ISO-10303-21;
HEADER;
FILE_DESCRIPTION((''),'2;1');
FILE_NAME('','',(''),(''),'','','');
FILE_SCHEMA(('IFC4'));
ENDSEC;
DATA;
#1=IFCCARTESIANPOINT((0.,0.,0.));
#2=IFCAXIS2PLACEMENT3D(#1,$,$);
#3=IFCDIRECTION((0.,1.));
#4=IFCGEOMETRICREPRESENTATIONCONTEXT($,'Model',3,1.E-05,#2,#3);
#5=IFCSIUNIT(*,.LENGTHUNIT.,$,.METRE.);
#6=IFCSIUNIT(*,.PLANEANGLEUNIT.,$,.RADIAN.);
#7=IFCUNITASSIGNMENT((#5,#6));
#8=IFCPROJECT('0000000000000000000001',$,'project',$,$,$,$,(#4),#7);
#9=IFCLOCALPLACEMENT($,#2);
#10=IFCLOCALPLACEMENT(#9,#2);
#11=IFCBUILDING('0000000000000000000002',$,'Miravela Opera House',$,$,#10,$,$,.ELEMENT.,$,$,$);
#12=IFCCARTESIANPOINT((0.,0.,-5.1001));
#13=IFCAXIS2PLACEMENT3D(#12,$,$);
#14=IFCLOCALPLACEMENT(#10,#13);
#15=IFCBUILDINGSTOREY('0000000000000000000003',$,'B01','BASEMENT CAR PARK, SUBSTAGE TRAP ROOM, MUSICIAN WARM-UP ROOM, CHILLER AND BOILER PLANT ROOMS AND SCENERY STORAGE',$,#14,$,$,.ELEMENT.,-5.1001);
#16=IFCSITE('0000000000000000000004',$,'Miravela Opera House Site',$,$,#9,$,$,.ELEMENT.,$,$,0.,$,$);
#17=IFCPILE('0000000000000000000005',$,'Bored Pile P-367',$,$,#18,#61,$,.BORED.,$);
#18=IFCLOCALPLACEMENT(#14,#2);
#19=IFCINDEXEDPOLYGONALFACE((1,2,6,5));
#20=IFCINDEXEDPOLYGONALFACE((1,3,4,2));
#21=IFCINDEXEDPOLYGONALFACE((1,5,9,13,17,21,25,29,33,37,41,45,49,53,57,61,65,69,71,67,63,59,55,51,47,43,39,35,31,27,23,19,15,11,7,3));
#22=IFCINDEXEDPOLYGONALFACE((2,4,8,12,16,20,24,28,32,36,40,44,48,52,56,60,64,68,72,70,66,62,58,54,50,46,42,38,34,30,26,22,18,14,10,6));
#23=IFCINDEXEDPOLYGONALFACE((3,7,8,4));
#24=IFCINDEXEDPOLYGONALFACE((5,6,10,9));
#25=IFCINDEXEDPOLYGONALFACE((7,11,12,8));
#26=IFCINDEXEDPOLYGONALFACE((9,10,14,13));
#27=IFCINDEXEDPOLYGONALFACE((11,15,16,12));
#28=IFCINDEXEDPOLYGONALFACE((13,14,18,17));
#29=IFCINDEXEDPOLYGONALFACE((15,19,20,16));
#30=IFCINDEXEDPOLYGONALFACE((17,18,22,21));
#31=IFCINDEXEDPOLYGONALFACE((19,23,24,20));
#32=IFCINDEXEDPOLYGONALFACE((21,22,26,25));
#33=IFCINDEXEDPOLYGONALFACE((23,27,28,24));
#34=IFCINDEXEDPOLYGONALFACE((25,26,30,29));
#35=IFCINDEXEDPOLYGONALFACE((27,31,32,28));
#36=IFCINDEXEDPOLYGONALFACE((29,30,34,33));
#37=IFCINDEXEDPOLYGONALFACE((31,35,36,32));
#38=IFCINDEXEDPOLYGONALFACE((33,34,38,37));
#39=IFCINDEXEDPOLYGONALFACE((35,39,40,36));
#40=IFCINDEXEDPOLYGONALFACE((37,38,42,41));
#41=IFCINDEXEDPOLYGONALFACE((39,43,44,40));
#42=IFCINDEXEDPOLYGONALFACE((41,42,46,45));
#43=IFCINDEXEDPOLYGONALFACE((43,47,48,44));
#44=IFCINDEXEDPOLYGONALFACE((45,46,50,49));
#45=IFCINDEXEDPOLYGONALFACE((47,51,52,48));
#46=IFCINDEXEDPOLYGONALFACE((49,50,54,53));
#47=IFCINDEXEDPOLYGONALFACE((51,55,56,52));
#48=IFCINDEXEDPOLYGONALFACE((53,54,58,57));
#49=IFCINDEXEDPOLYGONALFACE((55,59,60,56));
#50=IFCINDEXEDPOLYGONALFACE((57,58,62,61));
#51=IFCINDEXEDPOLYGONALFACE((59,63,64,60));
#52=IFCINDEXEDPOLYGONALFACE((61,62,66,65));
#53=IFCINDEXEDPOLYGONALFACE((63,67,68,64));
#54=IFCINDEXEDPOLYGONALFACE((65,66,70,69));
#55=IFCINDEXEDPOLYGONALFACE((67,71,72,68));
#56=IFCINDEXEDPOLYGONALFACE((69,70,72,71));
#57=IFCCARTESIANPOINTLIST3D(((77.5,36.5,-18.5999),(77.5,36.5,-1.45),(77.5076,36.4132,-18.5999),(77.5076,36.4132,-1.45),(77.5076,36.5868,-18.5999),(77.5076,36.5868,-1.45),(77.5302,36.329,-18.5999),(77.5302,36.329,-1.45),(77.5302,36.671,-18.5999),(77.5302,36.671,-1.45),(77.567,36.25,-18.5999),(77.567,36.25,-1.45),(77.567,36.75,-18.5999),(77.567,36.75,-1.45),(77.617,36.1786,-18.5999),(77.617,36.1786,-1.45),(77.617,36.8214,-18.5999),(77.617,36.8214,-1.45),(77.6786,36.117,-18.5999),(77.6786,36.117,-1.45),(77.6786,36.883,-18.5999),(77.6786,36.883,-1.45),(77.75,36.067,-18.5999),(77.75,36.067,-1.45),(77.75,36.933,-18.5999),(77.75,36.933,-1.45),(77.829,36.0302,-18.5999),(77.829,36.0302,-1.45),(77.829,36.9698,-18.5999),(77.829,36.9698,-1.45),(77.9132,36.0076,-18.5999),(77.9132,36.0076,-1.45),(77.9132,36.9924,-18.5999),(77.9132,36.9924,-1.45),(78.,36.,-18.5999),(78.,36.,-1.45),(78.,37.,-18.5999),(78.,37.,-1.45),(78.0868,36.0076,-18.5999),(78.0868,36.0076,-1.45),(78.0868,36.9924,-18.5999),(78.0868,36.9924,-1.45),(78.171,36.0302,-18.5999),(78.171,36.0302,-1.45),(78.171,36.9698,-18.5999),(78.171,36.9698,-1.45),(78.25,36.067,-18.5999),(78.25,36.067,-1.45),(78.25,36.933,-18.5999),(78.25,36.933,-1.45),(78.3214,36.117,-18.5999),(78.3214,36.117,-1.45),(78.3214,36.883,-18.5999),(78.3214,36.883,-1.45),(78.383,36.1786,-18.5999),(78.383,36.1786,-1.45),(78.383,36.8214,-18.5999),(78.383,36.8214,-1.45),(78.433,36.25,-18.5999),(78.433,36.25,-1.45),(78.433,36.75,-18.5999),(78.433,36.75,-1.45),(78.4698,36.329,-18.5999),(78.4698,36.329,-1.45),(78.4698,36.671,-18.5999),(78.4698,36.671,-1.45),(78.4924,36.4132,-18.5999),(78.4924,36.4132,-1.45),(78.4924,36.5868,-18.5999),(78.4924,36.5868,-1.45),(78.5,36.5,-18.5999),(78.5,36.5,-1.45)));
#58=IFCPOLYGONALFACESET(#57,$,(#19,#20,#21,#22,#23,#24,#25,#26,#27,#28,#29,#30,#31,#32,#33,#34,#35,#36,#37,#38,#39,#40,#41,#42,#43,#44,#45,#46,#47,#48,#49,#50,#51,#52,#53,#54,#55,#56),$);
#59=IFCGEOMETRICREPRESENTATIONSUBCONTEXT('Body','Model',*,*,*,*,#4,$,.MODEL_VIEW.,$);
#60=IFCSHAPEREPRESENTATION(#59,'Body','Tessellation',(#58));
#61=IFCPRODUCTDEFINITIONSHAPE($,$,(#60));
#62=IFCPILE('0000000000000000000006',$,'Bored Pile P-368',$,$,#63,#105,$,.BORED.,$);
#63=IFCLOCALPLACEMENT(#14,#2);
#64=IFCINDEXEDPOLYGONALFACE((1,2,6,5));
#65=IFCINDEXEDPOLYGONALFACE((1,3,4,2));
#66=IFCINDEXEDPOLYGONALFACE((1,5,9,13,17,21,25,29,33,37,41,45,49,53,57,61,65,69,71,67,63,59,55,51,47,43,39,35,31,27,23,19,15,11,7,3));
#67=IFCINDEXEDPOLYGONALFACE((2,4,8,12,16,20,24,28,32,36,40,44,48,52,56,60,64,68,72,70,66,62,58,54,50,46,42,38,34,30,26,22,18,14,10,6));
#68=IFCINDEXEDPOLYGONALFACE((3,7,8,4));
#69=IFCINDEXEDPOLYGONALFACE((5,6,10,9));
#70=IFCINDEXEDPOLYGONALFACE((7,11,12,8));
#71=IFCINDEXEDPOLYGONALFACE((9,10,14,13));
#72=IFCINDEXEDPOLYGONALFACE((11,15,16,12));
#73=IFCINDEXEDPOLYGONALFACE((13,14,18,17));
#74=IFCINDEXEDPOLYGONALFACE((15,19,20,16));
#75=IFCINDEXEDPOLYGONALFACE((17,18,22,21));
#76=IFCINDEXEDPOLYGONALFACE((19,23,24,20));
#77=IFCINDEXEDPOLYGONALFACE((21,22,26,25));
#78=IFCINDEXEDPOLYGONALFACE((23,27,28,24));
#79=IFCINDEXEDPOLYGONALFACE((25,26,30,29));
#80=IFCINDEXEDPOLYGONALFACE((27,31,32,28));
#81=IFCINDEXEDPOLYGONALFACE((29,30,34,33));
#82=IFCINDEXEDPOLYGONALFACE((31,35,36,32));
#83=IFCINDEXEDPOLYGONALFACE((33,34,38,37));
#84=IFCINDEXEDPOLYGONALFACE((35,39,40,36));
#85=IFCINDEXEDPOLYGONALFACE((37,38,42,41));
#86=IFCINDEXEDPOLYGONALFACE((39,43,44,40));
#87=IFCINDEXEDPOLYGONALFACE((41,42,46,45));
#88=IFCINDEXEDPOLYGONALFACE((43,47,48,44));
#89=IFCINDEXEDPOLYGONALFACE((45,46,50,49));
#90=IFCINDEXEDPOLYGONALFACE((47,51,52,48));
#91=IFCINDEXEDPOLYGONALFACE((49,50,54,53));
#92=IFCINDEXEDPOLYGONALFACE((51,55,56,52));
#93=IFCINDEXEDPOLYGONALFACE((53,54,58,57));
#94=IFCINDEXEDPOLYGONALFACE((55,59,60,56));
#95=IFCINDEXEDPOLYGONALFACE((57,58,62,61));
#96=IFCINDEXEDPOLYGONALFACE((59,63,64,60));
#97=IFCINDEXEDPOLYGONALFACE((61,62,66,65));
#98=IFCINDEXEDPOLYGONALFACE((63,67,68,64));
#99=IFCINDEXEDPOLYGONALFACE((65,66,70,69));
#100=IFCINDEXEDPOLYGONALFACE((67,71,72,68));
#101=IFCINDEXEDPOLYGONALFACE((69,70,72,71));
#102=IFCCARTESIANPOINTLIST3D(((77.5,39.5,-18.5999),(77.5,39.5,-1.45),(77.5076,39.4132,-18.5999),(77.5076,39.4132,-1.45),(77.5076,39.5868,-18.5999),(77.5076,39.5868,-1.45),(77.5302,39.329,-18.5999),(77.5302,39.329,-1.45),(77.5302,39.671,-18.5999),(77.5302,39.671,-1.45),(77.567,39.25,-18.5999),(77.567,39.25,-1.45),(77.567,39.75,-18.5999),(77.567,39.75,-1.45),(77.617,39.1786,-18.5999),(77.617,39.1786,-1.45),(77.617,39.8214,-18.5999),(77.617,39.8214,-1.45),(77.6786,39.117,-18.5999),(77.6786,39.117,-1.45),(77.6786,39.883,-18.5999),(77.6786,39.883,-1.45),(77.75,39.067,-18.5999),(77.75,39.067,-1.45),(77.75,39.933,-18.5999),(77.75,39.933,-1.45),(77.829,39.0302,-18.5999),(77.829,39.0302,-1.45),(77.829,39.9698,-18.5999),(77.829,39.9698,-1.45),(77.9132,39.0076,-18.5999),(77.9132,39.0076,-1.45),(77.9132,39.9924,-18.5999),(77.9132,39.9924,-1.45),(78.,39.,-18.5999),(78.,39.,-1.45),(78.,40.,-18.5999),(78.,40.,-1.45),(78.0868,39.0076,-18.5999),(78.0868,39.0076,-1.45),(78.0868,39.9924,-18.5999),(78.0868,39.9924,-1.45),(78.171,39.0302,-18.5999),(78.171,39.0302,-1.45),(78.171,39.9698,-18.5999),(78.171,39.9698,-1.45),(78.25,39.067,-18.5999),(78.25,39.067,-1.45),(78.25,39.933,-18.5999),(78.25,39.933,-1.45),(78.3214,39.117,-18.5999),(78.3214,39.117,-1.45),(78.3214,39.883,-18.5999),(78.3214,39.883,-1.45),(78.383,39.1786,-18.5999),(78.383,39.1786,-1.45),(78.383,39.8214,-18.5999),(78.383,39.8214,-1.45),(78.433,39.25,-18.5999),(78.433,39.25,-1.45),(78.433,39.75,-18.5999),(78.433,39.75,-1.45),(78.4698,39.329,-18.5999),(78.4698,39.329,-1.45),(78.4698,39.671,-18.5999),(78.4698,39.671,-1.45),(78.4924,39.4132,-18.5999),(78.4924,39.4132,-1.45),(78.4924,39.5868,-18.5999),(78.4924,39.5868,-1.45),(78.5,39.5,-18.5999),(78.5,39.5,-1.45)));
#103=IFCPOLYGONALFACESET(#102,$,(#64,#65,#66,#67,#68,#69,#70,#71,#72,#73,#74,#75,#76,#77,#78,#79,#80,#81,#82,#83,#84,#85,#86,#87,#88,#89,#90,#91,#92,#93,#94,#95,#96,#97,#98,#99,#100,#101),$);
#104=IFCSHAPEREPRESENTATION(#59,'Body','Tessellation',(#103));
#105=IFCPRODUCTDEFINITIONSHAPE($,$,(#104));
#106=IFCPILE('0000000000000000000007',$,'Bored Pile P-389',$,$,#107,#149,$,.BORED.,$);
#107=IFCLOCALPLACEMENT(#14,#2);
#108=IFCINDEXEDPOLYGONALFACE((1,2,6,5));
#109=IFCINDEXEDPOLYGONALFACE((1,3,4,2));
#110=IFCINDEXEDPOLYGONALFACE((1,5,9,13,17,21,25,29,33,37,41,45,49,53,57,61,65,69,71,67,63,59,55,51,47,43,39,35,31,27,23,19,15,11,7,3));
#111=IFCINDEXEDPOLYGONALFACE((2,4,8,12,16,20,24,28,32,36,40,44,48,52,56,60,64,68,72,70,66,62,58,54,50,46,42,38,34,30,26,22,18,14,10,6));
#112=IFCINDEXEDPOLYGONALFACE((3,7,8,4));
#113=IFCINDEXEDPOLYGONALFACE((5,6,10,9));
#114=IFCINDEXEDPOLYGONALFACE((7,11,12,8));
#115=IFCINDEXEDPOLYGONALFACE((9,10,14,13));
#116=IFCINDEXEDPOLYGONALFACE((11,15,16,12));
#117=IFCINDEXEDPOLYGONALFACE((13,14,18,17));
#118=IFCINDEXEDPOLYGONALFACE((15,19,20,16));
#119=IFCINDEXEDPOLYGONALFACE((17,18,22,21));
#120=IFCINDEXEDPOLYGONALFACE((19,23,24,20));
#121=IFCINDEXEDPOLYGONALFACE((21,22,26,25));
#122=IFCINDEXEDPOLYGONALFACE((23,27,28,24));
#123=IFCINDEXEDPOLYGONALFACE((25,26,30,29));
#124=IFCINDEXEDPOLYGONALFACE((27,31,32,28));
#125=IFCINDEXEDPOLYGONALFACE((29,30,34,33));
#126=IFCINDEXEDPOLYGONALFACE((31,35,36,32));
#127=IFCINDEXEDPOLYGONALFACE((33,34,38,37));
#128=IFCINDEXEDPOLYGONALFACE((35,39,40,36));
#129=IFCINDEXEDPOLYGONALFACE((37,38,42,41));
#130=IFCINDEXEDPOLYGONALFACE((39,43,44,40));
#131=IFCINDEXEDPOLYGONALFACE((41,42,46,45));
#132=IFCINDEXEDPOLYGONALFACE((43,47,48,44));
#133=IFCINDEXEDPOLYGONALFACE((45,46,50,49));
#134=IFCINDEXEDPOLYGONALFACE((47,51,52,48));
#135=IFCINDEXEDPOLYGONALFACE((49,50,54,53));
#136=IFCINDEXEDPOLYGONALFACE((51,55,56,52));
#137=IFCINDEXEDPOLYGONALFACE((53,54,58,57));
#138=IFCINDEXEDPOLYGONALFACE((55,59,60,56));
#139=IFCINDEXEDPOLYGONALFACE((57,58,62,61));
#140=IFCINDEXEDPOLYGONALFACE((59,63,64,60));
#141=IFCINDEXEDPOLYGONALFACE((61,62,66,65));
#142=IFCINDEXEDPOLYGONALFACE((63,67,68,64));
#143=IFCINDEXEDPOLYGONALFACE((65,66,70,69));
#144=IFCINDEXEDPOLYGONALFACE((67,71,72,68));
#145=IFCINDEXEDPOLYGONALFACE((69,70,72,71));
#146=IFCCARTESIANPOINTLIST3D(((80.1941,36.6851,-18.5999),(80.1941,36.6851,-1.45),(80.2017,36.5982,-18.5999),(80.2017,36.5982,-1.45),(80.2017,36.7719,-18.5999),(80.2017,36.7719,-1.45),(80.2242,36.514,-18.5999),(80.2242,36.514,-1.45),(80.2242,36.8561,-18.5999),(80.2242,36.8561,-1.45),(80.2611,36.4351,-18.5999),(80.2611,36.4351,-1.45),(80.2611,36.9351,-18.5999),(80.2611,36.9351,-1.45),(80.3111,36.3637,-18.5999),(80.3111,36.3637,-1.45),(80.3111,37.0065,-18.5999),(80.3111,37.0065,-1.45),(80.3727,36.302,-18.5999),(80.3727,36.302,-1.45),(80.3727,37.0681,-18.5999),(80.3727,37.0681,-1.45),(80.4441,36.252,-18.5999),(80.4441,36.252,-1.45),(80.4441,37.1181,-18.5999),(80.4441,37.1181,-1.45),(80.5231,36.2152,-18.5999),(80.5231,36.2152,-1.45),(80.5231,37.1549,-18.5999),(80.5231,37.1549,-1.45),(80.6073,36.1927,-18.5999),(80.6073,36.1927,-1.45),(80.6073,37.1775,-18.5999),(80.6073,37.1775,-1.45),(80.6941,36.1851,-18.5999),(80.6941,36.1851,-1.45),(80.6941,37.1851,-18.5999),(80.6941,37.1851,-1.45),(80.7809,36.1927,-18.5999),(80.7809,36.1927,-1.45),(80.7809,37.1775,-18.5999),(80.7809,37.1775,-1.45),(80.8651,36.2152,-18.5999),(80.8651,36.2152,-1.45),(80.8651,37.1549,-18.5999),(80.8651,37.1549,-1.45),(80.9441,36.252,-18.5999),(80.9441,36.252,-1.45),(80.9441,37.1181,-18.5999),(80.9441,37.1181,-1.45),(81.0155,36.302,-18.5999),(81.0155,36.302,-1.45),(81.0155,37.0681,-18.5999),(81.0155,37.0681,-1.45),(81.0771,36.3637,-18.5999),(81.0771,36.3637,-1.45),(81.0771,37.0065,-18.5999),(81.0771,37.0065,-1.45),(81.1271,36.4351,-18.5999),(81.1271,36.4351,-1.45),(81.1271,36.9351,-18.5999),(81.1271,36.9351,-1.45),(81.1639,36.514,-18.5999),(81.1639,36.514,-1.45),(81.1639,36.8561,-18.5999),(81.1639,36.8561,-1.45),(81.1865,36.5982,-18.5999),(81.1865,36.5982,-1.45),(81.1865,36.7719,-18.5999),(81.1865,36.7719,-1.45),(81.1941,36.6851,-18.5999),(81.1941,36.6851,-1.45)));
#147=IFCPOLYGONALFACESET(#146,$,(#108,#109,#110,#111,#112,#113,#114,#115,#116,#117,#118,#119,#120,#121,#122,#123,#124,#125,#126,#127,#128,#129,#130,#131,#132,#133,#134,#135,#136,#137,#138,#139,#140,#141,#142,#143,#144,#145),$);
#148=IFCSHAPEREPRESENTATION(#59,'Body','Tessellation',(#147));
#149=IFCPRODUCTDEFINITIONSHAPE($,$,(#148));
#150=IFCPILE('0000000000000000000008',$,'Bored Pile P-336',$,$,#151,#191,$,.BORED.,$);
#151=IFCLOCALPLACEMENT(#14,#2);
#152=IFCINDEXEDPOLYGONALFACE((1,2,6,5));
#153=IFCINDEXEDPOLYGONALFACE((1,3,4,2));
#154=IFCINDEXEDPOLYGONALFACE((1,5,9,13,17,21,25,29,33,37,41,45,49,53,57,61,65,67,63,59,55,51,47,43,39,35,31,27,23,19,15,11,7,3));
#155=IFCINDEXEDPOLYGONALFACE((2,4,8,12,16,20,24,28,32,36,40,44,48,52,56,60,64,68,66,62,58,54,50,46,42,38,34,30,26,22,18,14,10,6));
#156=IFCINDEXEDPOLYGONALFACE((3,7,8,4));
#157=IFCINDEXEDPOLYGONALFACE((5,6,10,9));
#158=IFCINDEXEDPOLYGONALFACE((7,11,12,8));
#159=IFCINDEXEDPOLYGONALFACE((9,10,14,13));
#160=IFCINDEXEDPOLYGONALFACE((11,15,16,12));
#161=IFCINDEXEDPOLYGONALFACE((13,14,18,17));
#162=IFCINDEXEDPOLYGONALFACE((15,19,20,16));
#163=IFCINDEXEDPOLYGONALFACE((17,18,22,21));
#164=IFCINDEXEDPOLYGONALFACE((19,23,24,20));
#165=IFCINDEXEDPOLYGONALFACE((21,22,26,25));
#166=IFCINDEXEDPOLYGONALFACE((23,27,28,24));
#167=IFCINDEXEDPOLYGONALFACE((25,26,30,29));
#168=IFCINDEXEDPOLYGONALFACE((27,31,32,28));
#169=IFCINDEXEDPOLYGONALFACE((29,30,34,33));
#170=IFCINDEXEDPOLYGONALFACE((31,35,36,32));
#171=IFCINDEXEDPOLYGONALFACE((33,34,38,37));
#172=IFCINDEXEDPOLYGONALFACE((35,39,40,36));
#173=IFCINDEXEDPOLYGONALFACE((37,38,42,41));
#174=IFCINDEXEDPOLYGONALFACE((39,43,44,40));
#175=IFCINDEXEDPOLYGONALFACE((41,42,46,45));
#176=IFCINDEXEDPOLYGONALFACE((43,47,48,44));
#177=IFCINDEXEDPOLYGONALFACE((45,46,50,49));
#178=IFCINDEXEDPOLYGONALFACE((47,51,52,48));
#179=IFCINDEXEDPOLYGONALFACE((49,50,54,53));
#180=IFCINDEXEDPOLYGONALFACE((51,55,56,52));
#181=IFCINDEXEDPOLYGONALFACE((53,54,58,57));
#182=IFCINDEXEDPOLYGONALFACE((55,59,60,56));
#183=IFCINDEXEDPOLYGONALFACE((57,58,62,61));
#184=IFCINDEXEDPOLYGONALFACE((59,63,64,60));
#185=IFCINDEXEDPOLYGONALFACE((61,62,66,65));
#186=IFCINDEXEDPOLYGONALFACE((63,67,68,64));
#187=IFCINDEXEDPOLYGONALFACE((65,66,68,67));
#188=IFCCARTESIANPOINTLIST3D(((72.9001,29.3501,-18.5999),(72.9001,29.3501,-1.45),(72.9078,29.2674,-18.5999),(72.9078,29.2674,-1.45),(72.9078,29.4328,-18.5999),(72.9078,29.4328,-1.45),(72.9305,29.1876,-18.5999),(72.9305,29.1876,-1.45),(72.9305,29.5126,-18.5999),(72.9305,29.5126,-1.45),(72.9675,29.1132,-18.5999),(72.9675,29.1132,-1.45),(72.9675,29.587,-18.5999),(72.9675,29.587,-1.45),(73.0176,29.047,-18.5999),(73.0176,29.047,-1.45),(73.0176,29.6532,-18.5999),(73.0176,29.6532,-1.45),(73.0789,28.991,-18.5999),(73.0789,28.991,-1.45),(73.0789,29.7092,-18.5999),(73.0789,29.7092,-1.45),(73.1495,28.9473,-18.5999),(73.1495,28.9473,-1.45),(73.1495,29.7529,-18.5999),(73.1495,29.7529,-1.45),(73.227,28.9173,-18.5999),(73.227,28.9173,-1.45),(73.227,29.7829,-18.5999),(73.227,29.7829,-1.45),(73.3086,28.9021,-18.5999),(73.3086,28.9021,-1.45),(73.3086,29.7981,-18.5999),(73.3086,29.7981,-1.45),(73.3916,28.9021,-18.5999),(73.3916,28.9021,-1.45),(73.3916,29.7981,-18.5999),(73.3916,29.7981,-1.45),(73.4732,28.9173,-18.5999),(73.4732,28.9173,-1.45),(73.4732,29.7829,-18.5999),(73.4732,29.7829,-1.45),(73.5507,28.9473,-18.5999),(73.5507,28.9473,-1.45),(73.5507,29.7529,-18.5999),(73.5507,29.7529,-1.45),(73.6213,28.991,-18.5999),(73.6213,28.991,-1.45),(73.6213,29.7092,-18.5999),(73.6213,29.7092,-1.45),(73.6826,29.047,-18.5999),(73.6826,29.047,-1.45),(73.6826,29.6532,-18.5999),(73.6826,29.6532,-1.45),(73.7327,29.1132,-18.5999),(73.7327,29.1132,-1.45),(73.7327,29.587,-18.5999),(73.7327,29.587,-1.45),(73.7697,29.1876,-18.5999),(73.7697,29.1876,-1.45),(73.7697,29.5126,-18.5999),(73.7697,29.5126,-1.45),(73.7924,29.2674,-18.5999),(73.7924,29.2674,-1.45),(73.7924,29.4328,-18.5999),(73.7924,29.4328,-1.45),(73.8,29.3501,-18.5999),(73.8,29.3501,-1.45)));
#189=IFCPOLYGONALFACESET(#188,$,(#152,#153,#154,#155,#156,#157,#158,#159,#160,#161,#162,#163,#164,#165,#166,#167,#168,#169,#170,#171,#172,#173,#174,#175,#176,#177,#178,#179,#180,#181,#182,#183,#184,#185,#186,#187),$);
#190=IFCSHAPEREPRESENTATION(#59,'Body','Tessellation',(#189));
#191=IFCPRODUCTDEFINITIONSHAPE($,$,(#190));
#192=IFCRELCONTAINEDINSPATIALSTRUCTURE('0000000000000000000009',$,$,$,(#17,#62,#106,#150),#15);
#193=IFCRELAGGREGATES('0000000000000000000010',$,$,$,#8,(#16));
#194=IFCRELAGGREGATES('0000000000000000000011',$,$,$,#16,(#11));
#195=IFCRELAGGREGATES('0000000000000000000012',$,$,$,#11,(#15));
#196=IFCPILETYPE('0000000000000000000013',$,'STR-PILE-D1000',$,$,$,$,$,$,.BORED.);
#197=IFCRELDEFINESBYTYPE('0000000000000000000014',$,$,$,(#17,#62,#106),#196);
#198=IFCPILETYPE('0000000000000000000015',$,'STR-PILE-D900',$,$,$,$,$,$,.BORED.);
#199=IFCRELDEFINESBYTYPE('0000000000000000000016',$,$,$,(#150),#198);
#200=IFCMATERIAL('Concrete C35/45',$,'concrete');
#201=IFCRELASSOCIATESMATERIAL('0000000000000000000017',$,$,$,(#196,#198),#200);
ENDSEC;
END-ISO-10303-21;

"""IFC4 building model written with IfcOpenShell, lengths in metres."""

from ifc_helpers import new_model, si_unit, direction, frame, origin, origin_2d, place, context, subcontext, project, spatial, circle, extrude, material, material_profile, profile_set, type_object, element, save


model = new_model("IFC4")

# Units and contexts
model_context = context("Model", 3, precision=1e-05, world=origin(), true_north=direction((0.0, 1.0)))
body_context = subcontext(model_context, "Body", "Model", "MODEL_VIEW")
ifc_project = project(units=[si_unit("LENGTHUNIT", "METRE"), si_unit("PLANEANGLEUNIT", "RADIAN")], contexts=[model_context])

# Site, building, storey
site_placement = place(None, origin())
site = spatial("IfcSite", under=ifc_project, at=site_placement, Name="Miravela Opera House Site", CompositionType="ELEMENT", RefElevation=0.0)
building_placement = place(site_placement, origin())
building = spatial("IfcBuilding", under=site, at=building_placement, Name="Miravela Opera House", CompositionType="ELEMENT")
storey_placement = place(building_placement, frame((0.0, 0.0, -5.1001)))
storey = spatial("IfcBuildingStorey", under=building, at=storey_placement, Name="B01", Description="BASEMENT CAR PARK, SUBSTAGE TRAP ROOM, MUSICIAN WARM-UP ROOM, CHILLER AND BOILER PLANT ROOMS AND SCENERY STORAGE", CompositionType="ELEMENT", Elevation=-5.1001)

# Shared definitions
ifc_material_1 = material(Name="Concrete C35/45", Category="concrete")

# Piles
ifc_material_profile_1 = material_profile(ifc_material_1, circle(Radius=0.5, at=origin_2d()), Name="PILE-D1000")
ifc_profile_set_1 = profile_set([ifc_material_profile_1])
pile_type_1 = type_object("IfcPileType", Name="STR-PILE-D1000", PredefinedType="BORED", material=ifc_profile_set_1)
for number, where, z_axis, x_axis, name in (
    (1, (78.0, 36.5, -1.45), (0.0, 0.0, -1.0), (1.0, 0.0, 0.0), "Bored Pile P-367"),
    (2, (78.0, 39.5, -1.45), (0.0, 0.0, -1.0), (1.0, 0.0, 0.0), "Bored Pile P-368"),
    (3, (80.6941, 36.6851, -1.45), (0.0, 0.0, -1.0), (1.0, 0.0, 0.0), "Bored Pile P-389"),
):
    element("IfcPile", number, at=place(storey_placement, frame(where, z_axis=z_axis, x_axis=x_axis)), inside=storey, type_object=pile_type_1, Name=name, PredefinedType="BORED", context=body_context, shape_type="SweptSolid", body=[
        extrude(circle(Radius=0.5, at=origin_2d()), origin(), (0.0, 0.0, 1.0), 17.1499),
    ])
ifc_material_profile_2 = material_profile(ifc_material_1, circle(Radius=0.45, at=origin_2d()), Name="PILE-D900")
ifc_profile_set_2 = profile_set([ifc_material_profile_2])
pile_type_2 = type_object("IfcPileType", Name="STR-PILE-D900", PredefinedType="BORED", material=ifc_profile_set_2)
for number, where, z_axis, x_axis, name in (
    (4, (73.3501, 29.3501, -1.45), (0.0, 0.0, -1.0), (1.0, 0.0, 0.0), "Bored Pile P-336"),
):
    element("IfcPile", number, at=place(storey_placement, frame(where, z_axis=z_axis, x_axis=x_axis)), inside=storey, type_object=pile_type_2, Name=name, PredefinedType="BORED", context=body_context, shape_type="SweptSolid", body=[
        extrude(circle(Radius=0.45, at=origin_2d()), origin(), (0.0, 0.0, 1.0), 17.1499),
    ])

save(model, "model.ifc")
